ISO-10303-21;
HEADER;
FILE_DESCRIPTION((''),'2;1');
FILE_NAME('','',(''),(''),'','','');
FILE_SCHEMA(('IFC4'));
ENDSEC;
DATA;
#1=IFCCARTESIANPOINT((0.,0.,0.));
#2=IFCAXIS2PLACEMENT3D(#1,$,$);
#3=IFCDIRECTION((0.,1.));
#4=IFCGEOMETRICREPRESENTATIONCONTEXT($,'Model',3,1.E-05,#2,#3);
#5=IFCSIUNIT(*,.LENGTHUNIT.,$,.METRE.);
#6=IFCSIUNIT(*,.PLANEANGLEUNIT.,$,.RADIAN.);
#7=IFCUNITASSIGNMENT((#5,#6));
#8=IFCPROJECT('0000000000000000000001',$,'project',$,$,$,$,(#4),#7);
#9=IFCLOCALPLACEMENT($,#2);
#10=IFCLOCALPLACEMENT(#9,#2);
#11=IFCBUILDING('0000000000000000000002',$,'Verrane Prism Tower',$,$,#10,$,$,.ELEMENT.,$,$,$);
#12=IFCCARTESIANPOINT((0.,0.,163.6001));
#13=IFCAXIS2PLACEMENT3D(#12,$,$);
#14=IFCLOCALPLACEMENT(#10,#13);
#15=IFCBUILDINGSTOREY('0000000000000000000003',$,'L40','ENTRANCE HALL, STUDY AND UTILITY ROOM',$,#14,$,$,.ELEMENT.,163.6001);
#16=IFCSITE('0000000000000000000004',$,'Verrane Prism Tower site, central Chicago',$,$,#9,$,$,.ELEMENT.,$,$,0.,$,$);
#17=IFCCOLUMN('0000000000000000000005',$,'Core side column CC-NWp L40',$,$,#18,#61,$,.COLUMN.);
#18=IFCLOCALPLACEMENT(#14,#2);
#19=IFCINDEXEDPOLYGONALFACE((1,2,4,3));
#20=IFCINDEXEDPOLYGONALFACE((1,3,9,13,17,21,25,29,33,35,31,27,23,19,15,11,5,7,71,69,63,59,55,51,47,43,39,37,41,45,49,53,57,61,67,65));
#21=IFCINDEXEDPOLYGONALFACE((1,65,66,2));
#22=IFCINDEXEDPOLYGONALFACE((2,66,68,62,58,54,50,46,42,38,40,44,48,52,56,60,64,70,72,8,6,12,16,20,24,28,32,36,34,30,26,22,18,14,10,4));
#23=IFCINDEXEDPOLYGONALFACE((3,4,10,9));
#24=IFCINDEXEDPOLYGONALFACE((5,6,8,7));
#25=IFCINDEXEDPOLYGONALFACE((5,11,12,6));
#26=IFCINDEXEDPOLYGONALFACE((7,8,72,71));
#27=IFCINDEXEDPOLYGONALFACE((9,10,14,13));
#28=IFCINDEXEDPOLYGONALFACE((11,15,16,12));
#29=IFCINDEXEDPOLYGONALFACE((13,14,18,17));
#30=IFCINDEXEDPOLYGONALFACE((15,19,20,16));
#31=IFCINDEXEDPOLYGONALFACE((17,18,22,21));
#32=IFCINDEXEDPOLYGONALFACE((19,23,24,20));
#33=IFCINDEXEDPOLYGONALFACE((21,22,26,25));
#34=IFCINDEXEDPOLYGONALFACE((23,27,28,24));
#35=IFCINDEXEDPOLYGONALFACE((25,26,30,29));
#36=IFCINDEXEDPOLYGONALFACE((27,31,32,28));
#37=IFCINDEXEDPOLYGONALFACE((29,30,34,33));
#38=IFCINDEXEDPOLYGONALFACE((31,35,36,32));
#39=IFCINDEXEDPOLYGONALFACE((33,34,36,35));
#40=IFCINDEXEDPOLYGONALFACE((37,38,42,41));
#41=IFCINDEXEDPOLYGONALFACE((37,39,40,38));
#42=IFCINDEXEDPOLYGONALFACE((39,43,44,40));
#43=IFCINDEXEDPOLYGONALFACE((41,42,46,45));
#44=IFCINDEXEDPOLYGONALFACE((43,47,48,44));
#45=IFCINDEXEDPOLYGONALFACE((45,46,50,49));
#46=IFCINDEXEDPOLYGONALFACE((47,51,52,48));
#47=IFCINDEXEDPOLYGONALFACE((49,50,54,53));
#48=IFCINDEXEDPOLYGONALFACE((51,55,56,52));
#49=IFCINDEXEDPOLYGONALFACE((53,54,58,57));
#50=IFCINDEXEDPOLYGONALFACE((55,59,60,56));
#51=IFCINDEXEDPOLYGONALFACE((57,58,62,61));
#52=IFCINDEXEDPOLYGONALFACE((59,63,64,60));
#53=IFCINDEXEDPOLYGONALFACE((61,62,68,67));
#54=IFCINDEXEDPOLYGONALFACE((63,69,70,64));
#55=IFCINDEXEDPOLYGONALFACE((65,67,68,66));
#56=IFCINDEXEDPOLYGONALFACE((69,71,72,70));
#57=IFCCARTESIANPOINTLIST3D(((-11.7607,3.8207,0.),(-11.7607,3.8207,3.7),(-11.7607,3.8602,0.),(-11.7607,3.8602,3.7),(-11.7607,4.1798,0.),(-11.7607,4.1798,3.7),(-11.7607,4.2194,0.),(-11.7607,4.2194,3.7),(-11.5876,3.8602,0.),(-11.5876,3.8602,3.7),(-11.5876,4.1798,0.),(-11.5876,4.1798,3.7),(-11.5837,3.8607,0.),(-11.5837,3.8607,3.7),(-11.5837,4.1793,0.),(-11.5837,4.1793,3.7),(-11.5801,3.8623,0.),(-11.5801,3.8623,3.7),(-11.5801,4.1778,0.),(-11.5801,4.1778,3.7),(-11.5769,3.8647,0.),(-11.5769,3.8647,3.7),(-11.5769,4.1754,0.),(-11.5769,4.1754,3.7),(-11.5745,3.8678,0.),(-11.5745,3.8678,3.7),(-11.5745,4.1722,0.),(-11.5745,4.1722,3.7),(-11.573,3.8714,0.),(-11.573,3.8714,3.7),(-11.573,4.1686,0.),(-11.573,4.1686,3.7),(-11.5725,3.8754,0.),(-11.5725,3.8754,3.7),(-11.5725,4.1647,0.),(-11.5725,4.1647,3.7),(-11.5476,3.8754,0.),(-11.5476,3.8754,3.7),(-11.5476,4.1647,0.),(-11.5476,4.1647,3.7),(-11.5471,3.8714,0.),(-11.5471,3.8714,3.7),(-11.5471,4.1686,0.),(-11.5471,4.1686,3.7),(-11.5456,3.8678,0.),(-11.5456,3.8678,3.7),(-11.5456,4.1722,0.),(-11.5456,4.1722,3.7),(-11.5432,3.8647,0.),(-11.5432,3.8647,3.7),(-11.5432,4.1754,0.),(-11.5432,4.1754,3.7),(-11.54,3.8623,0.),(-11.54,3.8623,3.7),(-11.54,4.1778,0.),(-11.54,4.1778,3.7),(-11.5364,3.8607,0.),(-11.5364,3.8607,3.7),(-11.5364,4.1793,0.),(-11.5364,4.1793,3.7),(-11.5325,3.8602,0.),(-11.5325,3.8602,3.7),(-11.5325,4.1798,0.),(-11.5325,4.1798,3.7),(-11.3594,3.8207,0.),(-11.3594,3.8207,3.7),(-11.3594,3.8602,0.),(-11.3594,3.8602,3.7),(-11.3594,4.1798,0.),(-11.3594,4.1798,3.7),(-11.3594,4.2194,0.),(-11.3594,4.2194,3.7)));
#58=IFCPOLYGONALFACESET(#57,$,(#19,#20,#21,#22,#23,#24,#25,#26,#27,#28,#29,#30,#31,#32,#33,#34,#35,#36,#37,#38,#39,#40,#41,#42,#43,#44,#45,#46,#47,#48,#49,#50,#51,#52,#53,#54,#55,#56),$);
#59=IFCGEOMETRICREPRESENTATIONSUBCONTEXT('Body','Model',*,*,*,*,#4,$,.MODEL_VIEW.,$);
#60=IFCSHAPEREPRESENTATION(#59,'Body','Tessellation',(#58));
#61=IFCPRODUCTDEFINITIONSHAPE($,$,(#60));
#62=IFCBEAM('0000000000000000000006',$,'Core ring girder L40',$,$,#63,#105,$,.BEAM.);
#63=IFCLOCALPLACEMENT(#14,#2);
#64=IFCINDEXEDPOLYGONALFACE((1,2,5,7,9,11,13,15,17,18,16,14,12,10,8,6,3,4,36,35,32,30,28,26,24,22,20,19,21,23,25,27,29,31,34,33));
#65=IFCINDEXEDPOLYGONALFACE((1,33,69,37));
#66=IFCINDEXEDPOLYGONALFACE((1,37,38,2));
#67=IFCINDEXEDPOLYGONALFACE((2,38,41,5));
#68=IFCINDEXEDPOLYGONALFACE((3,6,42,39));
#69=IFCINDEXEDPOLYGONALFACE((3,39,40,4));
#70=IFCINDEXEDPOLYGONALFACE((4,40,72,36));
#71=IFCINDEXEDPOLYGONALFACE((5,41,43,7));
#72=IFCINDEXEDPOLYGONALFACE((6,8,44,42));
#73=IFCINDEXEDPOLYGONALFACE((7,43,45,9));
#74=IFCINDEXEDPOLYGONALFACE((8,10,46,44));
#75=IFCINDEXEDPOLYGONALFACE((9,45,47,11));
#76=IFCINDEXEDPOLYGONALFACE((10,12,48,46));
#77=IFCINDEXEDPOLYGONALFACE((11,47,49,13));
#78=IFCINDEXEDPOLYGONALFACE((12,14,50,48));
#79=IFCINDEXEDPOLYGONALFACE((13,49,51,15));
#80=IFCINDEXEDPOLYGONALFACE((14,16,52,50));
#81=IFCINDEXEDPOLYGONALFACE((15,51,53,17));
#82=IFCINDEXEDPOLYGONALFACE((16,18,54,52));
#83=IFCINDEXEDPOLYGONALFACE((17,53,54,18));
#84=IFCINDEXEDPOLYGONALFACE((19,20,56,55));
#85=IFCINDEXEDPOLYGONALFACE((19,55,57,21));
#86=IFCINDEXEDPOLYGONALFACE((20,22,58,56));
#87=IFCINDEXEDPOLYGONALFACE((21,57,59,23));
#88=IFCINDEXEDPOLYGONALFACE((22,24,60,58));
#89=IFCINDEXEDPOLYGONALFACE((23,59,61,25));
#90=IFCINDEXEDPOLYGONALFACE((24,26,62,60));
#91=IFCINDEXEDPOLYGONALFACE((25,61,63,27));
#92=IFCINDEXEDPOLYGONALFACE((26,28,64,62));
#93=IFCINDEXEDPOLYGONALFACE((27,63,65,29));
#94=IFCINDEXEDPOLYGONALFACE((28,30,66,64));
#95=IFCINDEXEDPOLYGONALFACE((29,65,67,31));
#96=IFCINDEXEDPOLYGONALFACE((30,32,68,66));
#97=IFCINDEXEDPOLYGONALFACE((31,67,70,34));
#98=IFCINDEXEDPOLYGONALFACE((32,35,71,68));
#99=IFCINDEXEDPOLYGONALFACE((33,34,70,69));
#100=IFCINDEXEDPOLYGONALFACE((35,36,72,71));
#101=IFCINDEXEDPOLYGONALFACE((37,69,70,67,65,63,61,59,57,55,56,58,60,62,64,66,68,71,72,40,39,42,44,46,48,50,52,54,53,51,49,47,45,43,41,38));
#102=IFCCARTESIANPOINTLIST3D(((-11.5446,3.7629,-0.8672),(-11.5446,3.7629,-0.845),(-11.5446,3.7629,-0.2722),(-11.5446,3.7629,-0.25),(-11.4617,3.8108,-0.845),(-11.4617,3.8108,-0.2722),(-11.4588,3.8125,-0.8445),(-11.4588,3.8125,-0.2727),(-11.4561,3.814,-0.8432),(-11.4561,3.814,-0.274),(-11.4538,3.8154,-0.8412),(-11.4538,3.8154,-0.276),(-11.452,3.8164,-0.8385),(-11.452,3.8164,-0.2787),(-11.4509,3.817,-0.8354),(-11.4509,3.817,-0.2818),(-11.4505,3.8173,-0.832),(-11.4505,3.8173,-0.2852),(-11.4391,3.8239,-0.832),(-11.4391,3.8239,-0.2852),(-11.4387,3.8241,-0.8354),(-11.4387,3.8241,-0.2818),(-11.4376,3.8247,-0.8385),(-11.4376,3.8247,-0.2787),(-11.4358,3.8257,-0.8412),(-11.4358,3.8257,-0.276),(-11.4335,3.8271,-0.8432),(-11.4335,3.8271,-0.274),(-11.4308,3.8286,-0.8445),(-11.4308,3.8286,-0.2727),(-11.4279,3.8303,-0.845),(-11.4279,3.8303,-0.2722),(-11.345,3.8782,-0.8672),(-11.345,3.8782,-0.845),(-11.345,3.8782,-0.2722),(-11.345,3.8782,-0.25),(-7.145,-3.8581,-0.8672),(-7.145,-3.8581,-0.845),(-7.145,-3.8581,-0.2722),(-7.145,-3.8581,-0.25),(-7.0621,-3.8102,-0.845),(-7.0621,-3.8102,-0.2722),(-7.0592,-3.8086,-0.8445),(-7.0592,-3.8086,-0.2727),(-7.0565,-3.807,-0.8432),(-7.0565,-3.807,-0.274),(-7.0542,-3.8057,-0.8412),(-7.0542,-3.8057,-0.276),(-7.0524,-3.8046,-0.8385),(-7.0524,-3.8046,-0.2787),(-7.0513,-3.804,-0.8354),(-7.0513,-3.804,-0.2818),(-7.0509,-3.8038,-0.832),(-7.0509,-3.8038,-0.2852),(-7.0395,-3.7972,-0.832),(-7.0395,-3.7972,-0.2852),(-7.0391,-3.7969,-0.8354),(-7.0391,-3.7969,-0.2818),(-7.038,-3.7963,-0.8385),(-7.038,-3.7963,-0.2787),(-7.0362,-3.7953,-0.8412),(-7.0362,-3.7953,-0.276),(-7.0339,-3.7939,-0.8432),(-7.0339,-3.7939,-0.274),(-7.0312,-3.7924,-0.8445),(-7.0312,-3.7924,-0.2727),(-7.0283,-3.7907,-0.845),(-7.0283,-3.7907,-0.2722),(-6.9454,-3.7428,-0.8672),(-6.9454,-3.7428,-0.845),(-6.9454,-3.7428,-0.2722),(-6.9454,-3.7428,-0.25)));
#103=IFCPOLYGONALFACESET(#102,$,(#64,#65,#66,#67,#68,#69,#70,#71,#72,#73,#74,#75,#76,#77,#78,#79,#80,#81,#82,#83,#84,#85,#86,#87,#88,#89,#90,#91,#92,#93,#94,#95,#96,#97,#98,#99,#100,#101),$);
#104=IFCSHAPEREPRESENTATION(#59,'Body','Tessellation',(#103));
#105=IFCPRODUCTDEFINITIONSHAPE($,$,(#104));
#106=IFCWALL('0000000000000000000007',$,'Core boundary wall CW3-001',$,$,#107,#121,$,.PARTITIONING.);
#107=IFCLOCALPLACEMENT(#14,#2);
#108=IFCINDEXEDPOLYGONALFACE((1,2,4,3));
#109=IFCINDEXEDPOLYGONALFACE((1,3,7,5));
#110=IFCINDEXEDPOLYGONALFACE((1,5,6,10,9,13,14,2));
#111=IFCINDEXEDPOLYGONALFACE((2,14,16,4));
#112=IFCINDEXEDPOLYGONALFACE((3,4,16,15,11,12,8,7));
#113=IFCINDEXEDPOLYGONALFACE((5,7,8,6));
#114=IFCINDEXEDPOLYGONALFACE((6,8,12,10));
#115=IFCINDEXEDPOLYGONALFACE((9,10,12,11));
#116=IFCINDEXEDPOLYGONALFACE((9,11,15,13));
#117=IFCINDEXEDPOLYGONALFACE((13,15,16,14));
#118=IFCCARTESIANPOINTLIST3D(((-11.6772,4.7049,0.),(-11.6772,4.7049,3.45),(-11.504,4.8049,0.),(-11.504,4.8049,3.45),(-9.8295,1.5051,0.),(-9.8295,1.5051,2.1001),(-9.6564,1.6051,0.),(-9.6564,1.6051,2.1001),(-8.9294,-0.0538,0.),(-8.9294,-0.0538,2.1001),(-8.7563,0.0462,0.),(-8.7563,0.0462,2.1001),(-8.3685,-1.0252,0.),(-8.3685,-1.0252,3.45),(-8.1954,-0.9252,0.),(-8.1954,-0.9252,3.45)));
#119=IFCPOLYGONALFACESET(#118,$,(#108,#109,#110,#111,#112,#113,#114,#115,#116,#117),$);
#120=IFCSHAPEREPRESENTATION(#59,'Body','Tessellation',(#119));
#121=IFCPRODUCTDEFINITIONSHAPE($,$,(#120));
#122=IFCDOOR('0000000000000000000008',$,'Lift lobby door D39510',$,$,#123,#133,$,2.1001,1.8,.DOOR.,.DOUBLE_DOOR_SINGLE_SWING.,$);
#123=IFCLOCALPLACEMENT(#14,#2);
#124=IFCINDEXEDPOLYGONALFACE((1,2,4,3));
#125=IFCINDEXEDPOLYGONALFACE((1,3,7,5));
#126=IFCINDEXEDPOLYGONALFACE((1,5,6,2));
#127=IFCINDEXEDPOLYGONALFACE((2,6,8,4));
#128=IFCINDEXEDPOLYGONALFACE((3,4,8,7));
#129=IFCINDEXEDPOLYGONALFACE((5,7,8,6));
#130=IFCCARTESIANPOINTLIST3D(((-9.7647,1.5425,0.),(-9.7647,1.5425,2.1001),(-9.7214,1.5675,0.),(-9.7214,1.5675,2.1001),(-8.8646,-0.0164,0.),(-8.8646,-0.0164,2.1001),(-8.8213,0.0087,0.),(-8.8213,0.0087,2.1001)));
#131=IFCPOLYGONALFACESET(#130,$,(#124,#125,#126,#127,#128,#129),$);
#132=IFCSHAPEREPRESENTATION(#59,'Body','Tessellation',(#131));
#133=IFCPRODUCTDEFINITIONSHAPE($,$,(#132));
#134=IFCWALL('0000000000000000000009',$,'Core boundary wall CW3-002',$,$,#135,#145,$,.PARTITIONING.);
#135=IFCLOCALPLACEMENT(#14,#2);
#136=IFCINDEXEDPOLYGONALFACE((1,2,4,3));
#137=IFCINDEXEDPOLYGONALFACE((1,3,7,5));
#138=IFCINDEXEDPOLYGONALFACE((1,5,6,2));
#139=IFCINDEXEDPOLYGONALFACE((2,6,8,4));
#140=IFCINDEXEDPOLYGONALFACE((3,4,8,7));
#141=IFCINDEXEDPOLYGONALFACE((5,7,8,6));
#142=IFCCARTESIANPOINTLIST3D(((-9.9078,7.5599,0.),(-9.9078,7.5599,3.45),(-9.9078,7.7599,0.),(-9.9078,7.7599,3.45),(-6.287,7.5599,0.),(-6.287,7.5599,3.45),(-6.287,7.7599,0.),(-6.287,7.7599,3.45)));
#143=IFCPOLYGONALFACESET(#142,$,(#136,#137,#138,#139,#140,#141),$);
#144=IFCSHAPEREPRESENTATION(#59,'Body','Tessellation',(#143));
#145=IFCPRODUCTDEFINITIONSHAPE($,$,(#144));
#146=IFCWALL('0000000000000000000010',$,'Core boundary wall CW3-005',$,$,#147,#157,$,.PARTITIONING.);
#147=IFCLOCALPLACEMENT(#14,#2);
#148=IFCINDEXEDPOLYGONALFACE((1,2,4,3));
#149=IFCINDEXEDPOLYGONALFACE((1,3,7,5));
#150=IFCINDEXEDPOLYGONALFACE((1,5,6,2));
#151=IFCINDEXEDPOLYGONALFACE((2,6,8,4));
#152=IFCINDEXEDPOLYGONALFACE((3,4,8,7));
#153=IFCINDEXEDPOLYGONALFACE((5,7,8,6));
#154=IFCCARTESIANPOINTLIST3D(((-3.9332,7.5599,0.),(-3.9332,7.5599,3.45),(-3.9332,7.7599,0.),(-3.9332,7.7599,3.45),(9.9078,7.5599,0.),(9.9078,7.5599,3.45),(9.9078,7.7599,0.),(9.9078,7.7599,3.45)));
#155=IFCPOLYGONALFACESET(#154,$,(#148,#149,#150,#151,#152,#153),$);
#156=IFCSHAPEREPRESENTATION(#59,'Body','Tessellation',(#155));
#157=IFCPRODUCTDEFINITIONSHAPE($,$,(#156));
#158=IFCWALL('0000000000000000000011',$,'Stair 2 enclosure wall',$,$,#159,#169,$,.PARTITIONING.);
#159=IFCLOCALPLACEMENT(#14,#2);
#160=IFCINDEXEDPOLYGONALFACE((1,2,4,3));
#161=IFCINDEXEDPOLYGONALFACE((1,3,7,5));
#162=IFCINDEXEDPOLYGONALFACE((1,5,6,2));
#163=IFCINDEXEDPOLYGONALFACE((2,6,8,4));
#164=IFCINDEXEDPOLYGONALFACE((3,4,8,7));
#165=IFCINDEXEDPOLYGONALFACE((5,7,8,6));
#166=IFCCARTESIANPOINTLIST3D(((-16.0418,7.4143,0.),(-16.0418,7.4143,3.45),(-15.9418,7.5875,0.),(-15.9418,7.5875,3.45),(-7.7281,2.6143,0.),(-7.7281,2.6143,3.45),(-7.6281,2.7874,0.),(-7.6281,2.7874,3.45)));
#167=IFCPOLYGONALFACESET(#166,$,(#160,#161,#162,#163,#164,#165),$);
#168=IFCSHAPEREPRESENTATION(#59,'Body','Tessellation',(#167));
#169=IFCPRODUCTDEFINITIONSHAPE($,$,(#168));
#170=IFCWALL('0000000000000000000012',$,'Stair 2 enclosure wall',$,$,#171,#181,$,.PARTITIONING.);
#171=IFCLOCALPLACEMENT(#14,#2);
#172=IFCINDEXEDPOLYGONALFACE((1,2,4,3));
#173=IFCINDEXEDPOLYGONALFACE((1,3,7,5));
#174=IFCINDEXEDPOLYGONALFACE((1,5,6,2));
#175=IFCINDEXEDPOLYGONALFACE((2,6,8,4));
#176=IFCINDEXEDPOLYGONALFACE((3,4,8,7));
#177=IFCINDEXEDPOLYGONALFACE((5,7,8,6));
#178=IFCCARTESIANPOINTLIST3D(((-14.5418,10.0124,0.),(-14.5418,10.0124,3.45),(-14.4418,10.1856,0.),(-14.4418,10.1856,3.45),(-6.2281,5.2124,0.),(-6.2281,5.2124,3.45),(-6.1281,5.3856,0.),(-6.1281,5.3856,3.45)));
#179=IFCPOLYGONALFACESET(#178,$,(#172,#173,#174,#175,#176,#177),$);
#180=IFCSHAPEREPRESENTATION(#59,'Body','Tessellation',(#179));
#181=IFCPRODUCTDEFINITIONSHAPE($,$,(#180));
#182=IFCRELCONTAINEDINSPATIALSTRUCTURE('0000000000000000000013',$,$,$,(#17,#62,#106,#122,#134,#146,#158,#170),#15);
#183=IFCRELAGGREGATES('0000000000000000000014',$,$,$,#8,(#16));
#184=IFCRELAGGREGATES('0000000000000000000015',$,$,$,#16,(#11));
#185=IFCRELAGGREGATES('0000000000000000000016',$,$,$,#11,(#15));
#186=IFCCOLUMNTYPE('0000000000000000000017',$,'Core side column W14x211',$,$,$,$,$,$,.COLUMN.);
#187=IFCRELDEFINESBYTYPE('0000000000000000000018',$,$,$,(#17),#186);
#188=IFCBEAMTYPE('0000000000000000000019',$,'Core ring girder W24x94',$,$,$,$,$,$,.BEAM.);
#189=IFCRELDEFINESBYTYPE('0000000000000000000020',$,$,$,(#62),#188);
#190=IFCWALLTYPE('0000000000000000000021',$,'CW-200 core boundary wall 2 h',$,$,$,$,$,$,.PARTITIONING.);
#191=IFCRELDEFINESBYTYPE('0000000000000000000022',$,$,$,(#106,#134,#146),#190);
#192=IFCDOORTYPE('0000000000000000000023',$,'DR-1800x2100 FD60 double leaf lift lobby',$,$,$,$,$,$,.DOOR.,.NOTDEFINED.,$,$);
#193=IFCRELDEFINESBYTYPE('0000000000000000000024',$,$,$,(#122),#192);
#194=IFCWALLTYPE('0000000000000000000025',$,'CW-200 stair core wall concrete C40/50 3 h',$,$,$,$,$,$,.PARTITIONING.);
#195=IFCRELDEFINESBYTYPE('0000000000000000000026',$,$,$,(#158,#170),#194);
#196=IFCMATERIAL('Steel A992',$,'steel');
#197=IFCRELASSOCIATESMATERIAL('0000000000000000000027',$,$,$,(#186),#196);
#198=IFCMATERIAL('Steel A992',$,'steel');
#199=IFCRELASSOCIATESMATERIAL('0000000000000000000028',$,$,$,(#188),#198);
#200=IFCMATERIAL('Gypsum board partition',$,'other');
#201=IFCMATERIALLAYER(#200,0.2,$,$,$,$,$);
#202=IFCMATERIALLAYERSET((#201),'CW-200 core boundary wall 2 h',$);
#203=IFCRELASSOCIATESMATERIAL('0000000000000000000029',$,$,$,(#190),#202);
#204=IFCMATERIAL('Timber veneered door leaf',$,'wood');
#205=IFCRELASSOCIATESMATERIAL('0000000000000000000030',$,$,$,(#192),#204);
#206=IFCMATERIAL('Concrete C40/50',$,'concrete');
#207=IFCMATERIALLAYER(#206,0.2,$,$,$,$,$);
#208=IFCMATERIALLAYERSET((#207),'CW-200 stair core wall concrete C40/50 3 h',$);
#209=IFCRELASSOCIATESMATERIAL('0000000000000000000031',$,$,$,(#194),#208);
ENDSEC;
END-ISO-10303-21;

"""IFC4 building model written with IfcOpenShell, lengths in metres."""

from ifc_helpers import new_model, si_unit, direction, frame, frame_2d, origin, origin_2d, place, context, subcontext, project, spatial, rectangle, i_section, extrude, material, layer, layer_set, material_profile, profile_set, type_object, element, fill, save


model = new_model("IFC4")

# Units and contexts
model_context = context("Model", 3, precision=1e-05, world=origin(), true_north=direction((0.0, 1.0)))
body_context = subcontext(model_context, "Body", "Model", "MODEL_VIEW")
ifc_project = project(units=[si_unit("LENGTHUNIT", "METRE"), si_unit("PLANEANGLEUNIT", "RADIAN")], contexts=[model_context])

# Site, building, storey
site_placement = place(None, origin())
site = spatial("IfcSite", under=ifc_project, at=site_placement, Name="Verrane Prism Tower site, central Chicago", CompositionType="ELEMENT", RefElevation=0.0)
building_placement = place(site_placement, origin())
building = spatial("IfcBuilding", under=site, at=building_placement, Name="Verrane Prism Tower", CompositionType="ELEMENT")
storey_placement = place(building_placement, frame((0.0, 0.0, 163.6001)))
storey = spatial("IfcBuildingStorey", under=building, at=storey_placement, Name="L40", Description="ENTRANCE HALL, STUDY AND UTILITY ROOM", CompositionType="ELEMENT", Elevation=163.6001)

# Column
ifc_material_1 = material(Name="Steel A992", Category="steel")
ifc_material_profile_1 = material_profile(ifc_material_1, i_section(OverallWidth=0.4014, OverallDepth=0.3987, WebThickness=0.0249, FlangeThickness=0.0396, FilletRadius=0.0151, at=origin_2d()), Name="W14x211")
ifc_profile_set_1 = profile_set([ifc_material_profile_1], Name="Steel A992")
column_type = type_object("IfcColumnType", Name="Core side column W14x211", PredefinedType="COLUMN", material=ifc_profile_set_1)
column_placement = place(storey_placement, frame((-11.5601, 4.02, 0.0), z_axis=(0.0, 0.0, 1.0), x_axis=(1.0, 0.0, 0.0)))
element("IfcColumn", 1, at=column_placement, inside=storey, type_object=column_type, Name="Core side column CC-NWp L40", PredefinedType="COLUMN", context=body_context, shape_type="SweptSolid", body=[
    extrude(i_section(OverallWidth=0.4014, OverallDepth=0.3987, WebThickness=0.0249, FlangeThickness=0.0396, FilletRadius=0.0151, at=origin_2d()), origin(), (0.0, 0.0, 1.0), 3.7),
])

# Beam
ifc_material_2 = material(Name="Steel A992", Category="steel")
ifc_material_profile_2 = material_profile(ifc_material_2, i_section(OverallWidth=0.2305, OverallDepth=0.6172, WebThickness=0.0132, FlangeThickness=0.0222, FilletRadius=0.0129, at=origin_2d()), Name="W24x94")
ifc_profile_set_2 = profile_set([ifc_material_profile_2], Name="Steel A992")
beam_type = type_object("IfcBeamType", Name="Core ring girder W24x94", PredefinedType="BEAM", material=ifc_profile_set_2)
beam_placement = place(storey_placement, frame((-11.4448, 3.8206, -0.5586), z_axis=(0.499967, -0.866044, 0.0), x_axis=(0.866044, 0.499967, 0.0)))
element("IfcBeam", 2, at=beam_placement, inside=storey, type_object=beam_type, Name="Core ring girder L40", PredefinedType="BEAM", context=body_context, shape_type="SweptSolid", body=[
    extrude(i_section(OverallWidth=0.2305, OverallDepth=0.6172, WebThickness=0.0132, FlangeThickness=0.0222, FilletRadius=0.0129, at=origin_2d()), origin(), (0.0, 0.0, 1.0), 8.7998),
])

# Wall, opening, door
ifc_material_3 = material(Name="Gypsum board partition", Category="other")
ifc_layer_1 = layer(ifc_material_3, 0.2)
ifc_layer_set_1 = layer_set([ifc_layer_1], Name="CW-200 core boundary wall 2 h")
wall_type_1 = type_object("IfcWallType", Name="CW-200 core boundary wall 2 h", PredefinedType="PARTITIONING", material=ifc_layer_set_1)
wall_1_placement = place(storey_placement, frame((-11.5906, 4.7549, 0.0), z_axis=(0.0, 0.0, 1.0), x_axis=(0.500044, -0.866, 0.0)))
wall_1 = element("IfcWall", 3, at=wall_1_placement, inside=storey, type_object=wall_type_1, Name="Core boundary wall CW3-001", PredefinedType="PARTITIONING", context=body_context, shape_type="SweptSolid", body=[
    extrude(rectangle(XDim=6.6167, YDim=0.2, at=frame_2d((3.3083, 0.0))), origin(), (0.0, 0.0, 1.0), 3.45),
])
opening_1_placement = place(wall_1_placement, frame((3.6951, 0.0, 0.0)))
opening_1 = element("IfcOpeningElement", 4, at=opening_1_placement, cuts=wall_1, PredefinedType="OPENING", context=body_context, shape_type="SweptSolid", body=[
    extrude(rectangle(XDim=1.8, YDim=2.1001, at=frame_2d((0.8999, 1.05))), frame((0.0, 0.1099, 0.0), z_axis=(0.0, -1.0, 0.0), x_axis=(1.0, 0.0, 0.0)), (0.0, 0.0, 1.0), 0.22),
])
ifc_material_4 = material(Name="Timber veneered door leaf", Category="wood")
door_type_1 = type_object("IfcDoorType", Name="DR-1800x2100 FD60 double leaf lift lobby", OperationType="NOTDEFINED", PredefinedType="DOOR", material=ifc_material_4)
door_1_placement = place(opening_1_placement, origin())
door_1 = element("IfcDoor", 5, at=door_1_placement, inside=storey, type_object=door_type_1, Name="Lift lobby door D39510", OperationType="DOUBLE_DOOR_SINGLE_SWING", OverallHeight=2.1001, OverallWidth=1.8, PredefinedType="DOOR", context=body_context, shape_type="SweptSolid", body=[
    extrude(rectangle(XDim=1.8, YDim=2.1001, at=frame_2d((0.8999, 1.05))), frame((0.0, 0.0249, 0.0), z_axis=(0.0, -1.0, 0.0), x_axis=(1.0, 0.0, 0.0)), (0.0, 0.0, 1.0), 0.05),
])
fill(opening_1, door_1)

# Walls
wall_2_placement = place(storey_placement, frame((-9.908, 7.6599, 0.0), z_axis=(0.0, 0.0, 1.0), x_axis=(1.0, 0.0, 0.0)))
element("IfcWall", 6, at=wall_2_placement, inside=storey, type_object=wall_type_1, Name="Core boundary wall CW3-002", PredefinedType="PARTITIONING", context=body_context, shape_type="SweptSolid", body=[
    extrude(rectangle(XDim=3.6208, YDim=0.2, at=frame_2d((1.8105, 0.0))), origin(), (0.0, 0.0, 1.0), 3.45),
])
wall_3_placement = place(storey_placement, frame((-3.9331, 7.6599, 0.0), z_axis=(0.0, 0.0, 1.0), x_axis=(1.0, 0.0, 0.0)))
element("IfcWall", 7, at=wall_3_placement, inside=storey, type_object=wall_type_1, Name="Core boundary wall CW3-005", PredefinedType="PARTITIONING", context=body_context, shape_type="SweptSolid", body=[
    extrude(rectangle(XDim=13.8411, YDim=0.2, at=frame_2d((6.9204, 0.0))), origin(), (0.0, 0.0, 1.0), 3.45),
])
ifc_material_5 = material(Name="Concrete C40/50", Category="concrete")
ifc_layer_2 = layer(ifc_material_5, 0.2)
ifc_layer_set_2 = layer_set([ifc_layer_2], Name="CW-200 stair core wall concrete C40/50 3 h")
wall_type_2 = type_object("IfcWallType", Name="CW-200 stair core wall concrete C40/50 3 h", PredefinedType="PARTITIONING", material=ifc_layer_set_2)
for number, where, z_axis, x_axis, name in (
    (8, (-7.6782, 2.7009, 0.0), (0.0, 0.0, 1.0), (-0.86602, 0.500009, 0.0), "Stair 2 enclosure wall"),
    (9, (-6.1782, 5.2991, 0.0), (0.0, 0.0, 1.0), (-0.86602, 0.500009, 0.0), "Stair 2 enclosure wall"),
):
    element("IfcWall", number, at=place(storey_placement, frame(where, z_axis=z_axis, x_axis=x_axis)), inside=storey, type_object=wall_type_2, Name=name, PredefinedType="PARTITIONING", context=body_context, shape_type="SweptSolid", body=[
        extrude(rectangle(XDim=9.5999, YDim=0.2, at=frame_2d((4.7998, 0.0))), origin(), (0.0, 0.0, 1.0), 3.45),
    ])

save(model, "model.ifc")
